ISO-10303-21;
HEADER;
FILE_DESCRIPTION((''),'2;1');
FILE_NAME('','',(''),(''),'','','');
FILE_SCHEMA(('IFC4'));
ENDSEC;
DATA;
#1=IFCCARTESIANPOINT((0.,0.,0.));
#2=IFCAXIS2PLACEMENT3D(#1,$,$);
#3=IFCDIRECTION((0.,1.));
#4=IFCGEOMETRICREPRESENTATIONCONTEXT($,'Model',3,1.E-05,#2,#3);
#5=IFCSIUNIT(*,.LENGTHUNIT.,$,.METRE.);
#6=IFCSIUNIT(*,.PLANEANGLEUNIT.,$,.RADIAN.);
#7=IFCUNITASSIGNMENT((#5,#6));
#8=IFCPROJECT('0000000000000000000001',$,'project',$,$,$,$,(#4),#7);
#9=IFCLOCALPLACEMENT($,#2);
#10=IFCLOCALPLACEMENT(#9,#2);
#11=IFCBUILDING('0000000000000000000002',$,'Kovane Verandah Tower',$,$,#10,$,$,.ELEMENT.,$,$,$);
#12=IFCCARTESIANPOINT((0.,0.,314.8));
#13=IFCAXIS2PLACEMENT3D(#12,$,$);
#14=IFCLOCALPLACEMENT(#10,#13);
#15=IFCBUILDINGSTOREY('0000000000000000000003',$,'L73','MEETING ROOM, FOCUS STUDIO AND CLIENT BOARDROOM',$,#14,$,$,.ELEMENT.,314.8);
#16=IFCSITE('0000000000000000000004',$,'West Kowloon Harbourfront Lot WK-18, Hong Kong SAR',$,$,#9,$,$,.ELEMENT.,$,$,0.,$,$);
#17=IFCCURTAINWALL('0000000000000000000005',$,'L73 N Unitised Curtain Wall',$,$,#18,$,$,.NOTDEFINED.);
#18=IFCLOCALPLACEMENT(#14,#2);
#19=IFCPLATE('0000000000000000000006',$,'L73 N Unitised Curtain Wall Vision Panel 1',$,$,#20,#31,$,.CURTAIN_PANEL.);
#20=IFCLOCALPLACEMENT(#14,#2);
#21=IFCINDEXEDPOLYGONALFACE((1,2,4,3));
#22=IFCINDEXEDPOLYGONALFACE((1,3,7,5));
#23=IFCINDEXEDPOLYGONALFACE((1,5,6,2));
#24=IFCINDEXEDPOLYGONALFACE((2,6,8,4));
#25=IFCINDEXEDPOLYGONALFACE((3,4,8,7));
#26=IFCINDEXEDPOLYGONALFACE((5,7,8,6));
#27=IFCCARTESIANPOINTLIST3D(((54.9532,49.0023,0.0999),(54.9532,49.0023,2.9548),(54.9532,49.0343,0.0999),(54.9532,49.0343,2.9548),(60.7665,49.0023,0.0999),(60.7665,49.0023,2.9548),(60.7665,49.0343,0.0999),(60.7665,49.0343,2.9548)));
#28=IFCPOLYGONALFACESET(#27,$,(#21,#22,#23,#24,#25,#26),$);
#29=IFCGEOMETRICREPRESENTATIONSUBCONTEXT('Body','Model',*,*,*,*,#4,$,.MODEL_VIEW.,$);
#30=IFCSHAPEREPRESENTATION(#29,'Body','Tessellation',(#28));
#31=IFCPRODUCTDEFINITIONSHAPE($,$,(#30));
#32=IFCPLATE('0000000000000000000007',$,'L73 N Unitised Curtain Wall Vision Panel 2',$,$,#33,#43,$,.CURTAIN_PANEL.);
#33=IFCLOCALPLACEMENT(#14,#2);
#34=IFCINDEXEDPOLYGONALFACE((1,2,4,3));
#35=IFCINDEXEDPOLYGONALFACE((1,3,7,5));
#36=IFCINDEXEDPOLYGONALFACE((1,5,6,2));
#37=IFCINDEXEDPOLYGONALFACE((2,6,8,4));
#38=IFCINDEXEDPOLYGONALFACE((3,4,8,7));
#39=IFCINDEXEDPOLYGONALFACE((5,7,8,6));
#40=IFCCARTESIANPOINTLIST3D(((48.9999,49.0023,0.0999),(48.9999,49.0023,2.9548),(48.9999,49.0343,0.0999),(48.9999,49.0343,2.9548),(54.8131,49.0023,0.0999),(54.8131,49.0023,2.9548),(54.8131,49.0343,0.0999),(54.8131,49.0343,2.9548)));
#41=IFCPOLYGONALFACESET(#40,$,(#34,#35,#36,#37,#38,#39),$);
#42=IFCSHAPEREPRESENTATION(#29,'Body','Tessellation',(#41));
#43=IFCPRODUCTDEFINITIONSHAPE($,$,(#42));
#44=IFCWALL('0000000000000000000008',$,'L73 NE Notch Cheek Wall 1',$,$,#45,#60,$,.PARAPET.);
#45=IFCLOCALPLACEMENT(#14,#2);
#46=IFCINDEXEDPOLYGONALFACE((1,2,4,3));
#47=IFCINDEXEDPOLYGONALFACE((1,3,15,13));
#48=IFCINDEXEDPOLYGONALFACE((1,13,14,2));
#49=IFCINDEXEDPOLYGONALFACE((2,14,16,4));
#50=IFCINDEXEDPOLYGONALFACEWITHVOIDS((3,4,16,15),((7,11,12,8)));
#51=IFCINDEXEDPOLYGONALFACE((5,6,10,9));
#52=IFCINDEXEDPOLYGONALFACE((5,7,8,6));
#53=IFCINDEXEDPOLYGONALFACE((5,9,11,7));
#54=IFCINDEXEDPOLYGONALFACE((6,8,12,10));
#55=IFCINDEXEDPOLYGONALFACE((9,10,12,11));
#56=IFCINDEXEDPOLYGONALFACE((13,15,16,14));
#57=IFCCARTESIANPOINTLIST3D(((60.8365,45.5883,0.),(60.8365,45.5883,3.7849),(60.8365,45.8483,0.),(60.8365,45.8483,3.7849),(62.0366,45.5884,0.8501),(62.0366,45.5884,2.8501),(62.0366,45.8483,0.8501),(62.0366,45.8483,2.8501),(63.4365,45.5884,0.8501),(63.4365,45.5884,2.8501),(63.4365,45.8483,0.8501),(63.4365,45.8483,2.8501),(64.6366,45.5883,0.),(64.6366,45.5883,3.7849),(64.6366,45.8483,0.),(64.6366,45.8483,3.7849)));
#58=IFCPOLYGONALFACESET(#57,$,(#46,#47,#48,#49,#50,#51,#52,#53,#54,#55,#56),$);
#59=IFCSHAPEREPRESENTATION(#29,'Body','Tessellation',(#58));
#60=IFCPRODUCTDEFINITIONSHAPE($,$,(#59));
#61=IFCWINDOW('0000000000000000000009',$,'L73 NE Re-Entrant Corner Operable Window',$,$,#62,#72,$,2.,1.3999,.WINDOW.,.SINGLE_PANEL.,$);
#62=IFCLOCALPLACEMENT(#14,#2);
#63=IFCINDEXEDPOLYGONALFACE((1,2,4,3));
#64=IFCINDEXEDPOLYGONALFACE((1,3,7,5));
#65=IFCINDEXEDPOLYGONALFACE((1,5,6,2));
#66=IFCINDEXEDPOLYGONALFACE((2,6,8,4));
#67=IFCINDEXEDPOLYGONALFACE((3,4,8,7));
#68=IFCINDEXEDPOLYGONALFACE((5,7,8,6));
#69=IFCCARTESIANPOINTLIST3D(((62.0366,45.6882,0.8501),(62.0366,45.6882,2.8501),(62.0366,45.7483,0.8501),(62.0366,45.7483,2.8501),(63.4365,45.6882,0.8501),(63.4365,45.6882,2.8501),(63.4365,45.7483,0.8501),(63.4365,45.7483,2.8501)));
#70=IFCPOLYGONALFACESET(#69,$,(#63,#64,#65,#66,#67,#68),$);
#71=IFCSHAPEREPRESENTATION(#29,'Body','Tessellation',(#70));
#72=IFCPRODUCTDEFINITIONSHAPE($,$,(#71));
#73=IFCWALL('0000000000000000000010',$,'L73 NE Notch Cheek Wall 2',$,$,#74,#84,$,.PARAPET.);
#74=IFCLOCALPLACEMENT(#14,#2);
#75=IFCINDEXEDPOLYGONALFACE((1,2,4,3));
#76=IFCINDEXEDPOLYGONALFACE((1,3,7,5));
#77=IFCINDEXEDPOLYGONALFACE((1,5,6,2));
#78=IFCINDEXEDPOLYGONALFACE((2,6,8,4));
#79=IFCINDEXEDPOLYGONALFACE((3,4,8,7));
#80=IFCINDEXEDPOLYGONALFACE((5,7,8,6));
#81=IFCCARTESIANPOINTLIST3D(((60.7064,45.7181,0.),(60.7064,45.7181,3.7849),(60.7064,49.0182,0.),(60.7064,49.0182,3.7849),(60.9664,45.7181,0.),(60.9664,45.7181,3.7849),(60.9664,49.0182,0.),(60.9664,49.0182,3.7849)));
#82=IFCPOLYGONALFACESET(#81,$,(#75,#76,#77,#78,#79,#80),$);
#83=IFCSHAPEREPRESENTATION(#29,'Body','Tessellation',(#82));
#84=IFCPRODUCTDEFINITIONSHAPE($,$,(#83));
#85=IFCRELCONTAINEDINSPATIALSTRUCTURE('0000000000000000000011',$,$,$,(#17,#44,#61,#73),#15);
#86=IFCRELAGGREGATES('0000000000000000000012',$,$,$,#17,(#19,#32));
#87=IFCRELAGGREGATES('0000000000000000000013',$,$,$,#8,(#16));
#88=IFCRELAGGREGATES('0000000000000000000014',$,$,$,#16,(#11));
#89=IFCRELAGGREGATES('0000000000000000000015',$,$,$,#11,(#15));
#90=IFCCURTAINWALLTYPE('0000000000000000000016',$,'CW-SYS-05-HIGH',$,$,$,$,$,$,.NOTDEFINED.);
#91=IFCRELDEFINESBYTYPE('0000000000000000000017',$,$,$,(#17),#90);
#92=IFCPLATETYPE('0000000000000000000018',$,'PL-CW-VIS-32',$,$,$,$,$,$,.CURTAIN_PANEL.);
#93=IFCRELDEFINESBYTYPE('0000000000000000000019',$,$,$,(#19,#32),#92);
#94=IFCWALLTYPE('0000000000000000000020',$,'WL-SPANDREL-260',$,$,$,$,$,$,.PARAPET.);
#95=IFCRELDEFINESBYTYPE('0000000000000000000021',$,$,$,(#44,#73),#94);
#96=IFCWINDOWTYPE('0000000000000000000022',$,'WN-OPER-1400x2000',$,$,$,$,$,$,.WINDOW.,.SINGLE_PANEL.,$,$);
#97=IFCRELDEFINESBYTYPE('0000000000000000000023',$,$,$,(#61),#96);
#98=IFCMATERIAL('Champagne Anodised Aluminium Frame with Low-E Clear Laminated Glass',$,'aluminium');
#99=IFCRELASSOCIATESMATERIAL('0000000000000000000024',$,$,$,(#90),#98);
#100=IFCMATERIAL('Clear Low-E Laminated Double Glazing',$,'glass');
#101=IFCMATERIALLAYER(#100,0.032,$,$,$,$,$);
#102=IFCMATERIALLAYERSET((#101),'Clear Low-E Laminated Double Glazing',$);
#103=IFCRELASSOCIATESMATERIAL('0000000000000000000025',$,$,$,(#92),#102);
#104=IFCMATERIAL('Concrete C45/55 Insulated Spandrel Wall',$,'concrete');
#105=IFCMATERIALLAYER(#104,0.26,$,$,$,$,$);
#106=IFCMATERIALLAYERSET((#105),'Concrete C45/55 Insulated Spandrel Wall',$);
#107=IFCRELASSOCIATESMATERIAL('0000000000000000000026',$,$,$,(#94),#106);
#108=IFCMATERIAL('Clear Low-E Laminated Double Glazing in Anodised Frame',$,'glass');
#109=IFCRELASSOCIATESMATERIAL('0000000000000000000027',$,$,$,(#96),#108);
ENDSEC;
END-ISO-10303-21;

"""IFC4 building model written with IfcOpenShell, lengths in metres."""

from ifc_helpers import new_model, si_unit, direction, frame, frame_2d, origin, origin_2d, place, context, subcontext, project, spatial, rectangle, extrude, material, layer, layer_set, type_object, element, fill, aggregate, save


model = new_model("IFC4")

# Units and contexts
model_context = context("Model", 3, precision=1e-05, world=origin(), true_north=direction((0.0, 1.0)))
body_context = subcontext(model_context, "Body", "Model", "MODEL_VIEW")
ifc_project = project(units=[si_unit("LENGTHUNIT", "METRE"), si_unit("PLANEANGLEUNIT", "RADIAN")], contexts=[model_context])

# Site, building, storey
site_placement = place(None, origin())
site = spatial("IfcSite", under=ifc_project, at=site_placement, Name="West Kowloon Harbourfront Lot WK-18, Hong Kong SAR", CompositionType="ELEMENT", RefElevation=0.0)
building_placement = place(site_placement, origin())
building = spatial("IfcBuilding", under=site, at=building_placement, Name="Kovane Verandah Tower", CompositionType="ELEMENT")
storey_placement = place(building_placement, frame((0.0, 0.0, 314.8)))
storey = spatial("IfcBuildingStorey", under=building, at=storey_placement, Name="L73", Description="MEETING ROOM, FOCUS STUDIO AND CLIENT BOARDROOM", CompositionType="ELEMENT", Elevation=314.8)

# Shared definitions
ifc_material_1 = material(Name="Champagne Anodised Aluminium Frame with Low-E Clear Laminated Glass", Category="aluminium")
curtain_wall_type = type_object("IfcCurtainWallType", Name="CW-SYS-05-HIGH", PredefinedType="NOTDEFINED", material=ifc_material_1)

# Curtain wall
curtain_wall_1_placement = place(storey_placement, origin())
curtain_wall_1 = element("IfcCurtainWall", 1, at=curtain_wall_1_placement, inside=storey, type_object=curtain_wall_type, Name="L73 N Unitised Curtain Wall", PredefinedType="NOTDEFINED")

# Plates
ifc_material_2 = material(Name="Clear Low-E Laminated Double Glazing", Category="glass")
ifc_layer_1 = layer(ifc_material_2, 0.032)
ifc_layer_set_1 = layer_set([ifc_layer_1], Name="Clear Low-E Laminated Double Glazing")
plate_type_1 = type_object("IfcPlateType", Name="PL-CW-VIS-32", PredefinedType="CURTAIN_PANEL", material=ifc_layer_set_1)
plate_1_placement = place(storey_placement, frame((57.8599, 49.0183, 0.0999), z_axis=(0.0, 0.0, 1.0), x_axis=(-1.0, 0.0, 0.0)))
plate_1 = element("IfcPlate", 2, at=plate_1_placement, type_object=plate_type_1, Name="L73 N Unitised Curtain Wall Vision Panel 1", PredefinedType="CURTAIN_PANEL", context=body_context, shape_type="SweptSolid", body=[
    extrude(rectangle(XDim=5.8132, YDim=0.032, at=origin_2d()), origin(), (0.0, 0.0, 1.0), 2.855),
])
plate_2_placement = place(storey_placement, frame((51.9065, 49.0183, 0.0999), z_axis=(0.0, 0.0, 1.0), x_axis=(-1.0, 0.0, 0.0)))
plate_2 = element("IfcPlate", 3, at=plate_2_placement, type_object=plate_type_1, Name="L73 N Unitised Curtain Wall Vision Panel 2", PredefinedType="CURTAIN_PANEL", context=body_context, shape_type="SweptSolid", body=[
    extrude(rectangle(XDim=5.8132, YDim=0.032, at=origin_2d()), origin(), (0.0, 0.0, 1.0), 2.855),
])
aggregate(curtain_wall_1, [plate_1, plate_2])

# Wall, opening, window
ifc_material_3 = material(Name="Concrete C45/55 Insulated Spandrel Wall", Category="concrete")
ifc_layer_2 = layer(ifc_material_3, 0.26)
ifc_layer_set_2 = layer_set([ifc_layer_2], Name="Concrete C45/55 Insulated Spandrel Wall")
wall_type = type_object("IfcWallType", Name="WL-SPANDREL-260", PredefinedType="PARAPET", material=ifc_layer_set_2)
wall_1_placement = place(storey_placement, frame((64.6365, 45.7183, 0.0), z_axis=(0.0, 0.0, 1.0), x_axis=(-1.0, 0.0, 0.0)))
wall_1 = element("IfcWall", 4, at=wall_1_placement, inside=storey, type_object=wall_type, Name="L73 NE Notch Cheek Wall 1", PredefinedType="PARAPET", context=body_context, shape_type="SweptSolid", body=[
    extrude(rectangle(XDim=3.8, YDim=0.26, at=frame_2d((1.8999, 0.0))), origin(), (0.0, 0.0, 1.0), 3.7849),
])
opening_placement = place(wall_1_placement, frame((1.2, 0.0, 0.8501)))
opening = element("IfcOpeningElement", 5, at=opening_placement, cuts=wall_1, PredefinedType="OPENING", context=body_context, shape_type="SweptSolid", body=[
    extrude(rectangle(XDim=1.3999, YDim=2.0, at=frame_2d((0.7, 1.0))), frame((0.0, 0.1299, 0.0), z_axis=(0.0, -1.0, 0.0), x_axis=(1.0, 0.0, 0.0)), (0.0, 0.0, 1.0), 0.26),
])
ifc_material_4 = material(Name="Clear Low-E Laminated Double Glazing in Anodised Frame", Category="glass")
window_type = type_object("IfcWindowType", Name="WN-OPER-1400x2000", PartitioningType="SINGLE_PANEL", PredefinedType="WINDOW", material=ifc_material_4)
window_placement = place(opening_placement, origin())
window = element("IfcWindow", 6, at=window_placement, inside=storey, type_object=window_type, Name="L73 NE Re-Entrant Corner Operable Window", OverallHeight=2.0, OverallWidth=1.3999, PartitioningType="SINGLE_PANEL", PredefinedType="WINDOW", context=body_context, shape_type="SweptSolid", body=[
    extrude(rectangle(XDim=1.3999, YDim=2.0, at=frame_2d((0.7, 1.0))), frame((0.0, 0.03, 0.0), z_axis=(0.0, -1.0, 0.0), x_axis=(1.0, 0.0, 0.0)), (0.0, 0.0, 1.0), 0.0601),
])
fill(opening, window)

# Wall
wall_2_placement = place(storey_placement, frame((60.8364, 45.7183, 0.0), z_axis=(0.0, 0.0, 1.0), x_axis=(0.0, 1.0, 0.0)))
element("IfcWall", 7, at=wall_2_placement, inside=storey, type_object=wall_type, Name="L73 NE Notch Cheek Wall 2", PredefinedType="PARAPET", context=body_context, shape_type="SweptSolid", body=[
    extrude(rectangle(XDim=3.3, YDim=0.26, at=frame_2d((1.6499, 0.0))), origin(), (0.0, 0.0, 1.0), 3.7849),
])

save(model, "model.ifc")
